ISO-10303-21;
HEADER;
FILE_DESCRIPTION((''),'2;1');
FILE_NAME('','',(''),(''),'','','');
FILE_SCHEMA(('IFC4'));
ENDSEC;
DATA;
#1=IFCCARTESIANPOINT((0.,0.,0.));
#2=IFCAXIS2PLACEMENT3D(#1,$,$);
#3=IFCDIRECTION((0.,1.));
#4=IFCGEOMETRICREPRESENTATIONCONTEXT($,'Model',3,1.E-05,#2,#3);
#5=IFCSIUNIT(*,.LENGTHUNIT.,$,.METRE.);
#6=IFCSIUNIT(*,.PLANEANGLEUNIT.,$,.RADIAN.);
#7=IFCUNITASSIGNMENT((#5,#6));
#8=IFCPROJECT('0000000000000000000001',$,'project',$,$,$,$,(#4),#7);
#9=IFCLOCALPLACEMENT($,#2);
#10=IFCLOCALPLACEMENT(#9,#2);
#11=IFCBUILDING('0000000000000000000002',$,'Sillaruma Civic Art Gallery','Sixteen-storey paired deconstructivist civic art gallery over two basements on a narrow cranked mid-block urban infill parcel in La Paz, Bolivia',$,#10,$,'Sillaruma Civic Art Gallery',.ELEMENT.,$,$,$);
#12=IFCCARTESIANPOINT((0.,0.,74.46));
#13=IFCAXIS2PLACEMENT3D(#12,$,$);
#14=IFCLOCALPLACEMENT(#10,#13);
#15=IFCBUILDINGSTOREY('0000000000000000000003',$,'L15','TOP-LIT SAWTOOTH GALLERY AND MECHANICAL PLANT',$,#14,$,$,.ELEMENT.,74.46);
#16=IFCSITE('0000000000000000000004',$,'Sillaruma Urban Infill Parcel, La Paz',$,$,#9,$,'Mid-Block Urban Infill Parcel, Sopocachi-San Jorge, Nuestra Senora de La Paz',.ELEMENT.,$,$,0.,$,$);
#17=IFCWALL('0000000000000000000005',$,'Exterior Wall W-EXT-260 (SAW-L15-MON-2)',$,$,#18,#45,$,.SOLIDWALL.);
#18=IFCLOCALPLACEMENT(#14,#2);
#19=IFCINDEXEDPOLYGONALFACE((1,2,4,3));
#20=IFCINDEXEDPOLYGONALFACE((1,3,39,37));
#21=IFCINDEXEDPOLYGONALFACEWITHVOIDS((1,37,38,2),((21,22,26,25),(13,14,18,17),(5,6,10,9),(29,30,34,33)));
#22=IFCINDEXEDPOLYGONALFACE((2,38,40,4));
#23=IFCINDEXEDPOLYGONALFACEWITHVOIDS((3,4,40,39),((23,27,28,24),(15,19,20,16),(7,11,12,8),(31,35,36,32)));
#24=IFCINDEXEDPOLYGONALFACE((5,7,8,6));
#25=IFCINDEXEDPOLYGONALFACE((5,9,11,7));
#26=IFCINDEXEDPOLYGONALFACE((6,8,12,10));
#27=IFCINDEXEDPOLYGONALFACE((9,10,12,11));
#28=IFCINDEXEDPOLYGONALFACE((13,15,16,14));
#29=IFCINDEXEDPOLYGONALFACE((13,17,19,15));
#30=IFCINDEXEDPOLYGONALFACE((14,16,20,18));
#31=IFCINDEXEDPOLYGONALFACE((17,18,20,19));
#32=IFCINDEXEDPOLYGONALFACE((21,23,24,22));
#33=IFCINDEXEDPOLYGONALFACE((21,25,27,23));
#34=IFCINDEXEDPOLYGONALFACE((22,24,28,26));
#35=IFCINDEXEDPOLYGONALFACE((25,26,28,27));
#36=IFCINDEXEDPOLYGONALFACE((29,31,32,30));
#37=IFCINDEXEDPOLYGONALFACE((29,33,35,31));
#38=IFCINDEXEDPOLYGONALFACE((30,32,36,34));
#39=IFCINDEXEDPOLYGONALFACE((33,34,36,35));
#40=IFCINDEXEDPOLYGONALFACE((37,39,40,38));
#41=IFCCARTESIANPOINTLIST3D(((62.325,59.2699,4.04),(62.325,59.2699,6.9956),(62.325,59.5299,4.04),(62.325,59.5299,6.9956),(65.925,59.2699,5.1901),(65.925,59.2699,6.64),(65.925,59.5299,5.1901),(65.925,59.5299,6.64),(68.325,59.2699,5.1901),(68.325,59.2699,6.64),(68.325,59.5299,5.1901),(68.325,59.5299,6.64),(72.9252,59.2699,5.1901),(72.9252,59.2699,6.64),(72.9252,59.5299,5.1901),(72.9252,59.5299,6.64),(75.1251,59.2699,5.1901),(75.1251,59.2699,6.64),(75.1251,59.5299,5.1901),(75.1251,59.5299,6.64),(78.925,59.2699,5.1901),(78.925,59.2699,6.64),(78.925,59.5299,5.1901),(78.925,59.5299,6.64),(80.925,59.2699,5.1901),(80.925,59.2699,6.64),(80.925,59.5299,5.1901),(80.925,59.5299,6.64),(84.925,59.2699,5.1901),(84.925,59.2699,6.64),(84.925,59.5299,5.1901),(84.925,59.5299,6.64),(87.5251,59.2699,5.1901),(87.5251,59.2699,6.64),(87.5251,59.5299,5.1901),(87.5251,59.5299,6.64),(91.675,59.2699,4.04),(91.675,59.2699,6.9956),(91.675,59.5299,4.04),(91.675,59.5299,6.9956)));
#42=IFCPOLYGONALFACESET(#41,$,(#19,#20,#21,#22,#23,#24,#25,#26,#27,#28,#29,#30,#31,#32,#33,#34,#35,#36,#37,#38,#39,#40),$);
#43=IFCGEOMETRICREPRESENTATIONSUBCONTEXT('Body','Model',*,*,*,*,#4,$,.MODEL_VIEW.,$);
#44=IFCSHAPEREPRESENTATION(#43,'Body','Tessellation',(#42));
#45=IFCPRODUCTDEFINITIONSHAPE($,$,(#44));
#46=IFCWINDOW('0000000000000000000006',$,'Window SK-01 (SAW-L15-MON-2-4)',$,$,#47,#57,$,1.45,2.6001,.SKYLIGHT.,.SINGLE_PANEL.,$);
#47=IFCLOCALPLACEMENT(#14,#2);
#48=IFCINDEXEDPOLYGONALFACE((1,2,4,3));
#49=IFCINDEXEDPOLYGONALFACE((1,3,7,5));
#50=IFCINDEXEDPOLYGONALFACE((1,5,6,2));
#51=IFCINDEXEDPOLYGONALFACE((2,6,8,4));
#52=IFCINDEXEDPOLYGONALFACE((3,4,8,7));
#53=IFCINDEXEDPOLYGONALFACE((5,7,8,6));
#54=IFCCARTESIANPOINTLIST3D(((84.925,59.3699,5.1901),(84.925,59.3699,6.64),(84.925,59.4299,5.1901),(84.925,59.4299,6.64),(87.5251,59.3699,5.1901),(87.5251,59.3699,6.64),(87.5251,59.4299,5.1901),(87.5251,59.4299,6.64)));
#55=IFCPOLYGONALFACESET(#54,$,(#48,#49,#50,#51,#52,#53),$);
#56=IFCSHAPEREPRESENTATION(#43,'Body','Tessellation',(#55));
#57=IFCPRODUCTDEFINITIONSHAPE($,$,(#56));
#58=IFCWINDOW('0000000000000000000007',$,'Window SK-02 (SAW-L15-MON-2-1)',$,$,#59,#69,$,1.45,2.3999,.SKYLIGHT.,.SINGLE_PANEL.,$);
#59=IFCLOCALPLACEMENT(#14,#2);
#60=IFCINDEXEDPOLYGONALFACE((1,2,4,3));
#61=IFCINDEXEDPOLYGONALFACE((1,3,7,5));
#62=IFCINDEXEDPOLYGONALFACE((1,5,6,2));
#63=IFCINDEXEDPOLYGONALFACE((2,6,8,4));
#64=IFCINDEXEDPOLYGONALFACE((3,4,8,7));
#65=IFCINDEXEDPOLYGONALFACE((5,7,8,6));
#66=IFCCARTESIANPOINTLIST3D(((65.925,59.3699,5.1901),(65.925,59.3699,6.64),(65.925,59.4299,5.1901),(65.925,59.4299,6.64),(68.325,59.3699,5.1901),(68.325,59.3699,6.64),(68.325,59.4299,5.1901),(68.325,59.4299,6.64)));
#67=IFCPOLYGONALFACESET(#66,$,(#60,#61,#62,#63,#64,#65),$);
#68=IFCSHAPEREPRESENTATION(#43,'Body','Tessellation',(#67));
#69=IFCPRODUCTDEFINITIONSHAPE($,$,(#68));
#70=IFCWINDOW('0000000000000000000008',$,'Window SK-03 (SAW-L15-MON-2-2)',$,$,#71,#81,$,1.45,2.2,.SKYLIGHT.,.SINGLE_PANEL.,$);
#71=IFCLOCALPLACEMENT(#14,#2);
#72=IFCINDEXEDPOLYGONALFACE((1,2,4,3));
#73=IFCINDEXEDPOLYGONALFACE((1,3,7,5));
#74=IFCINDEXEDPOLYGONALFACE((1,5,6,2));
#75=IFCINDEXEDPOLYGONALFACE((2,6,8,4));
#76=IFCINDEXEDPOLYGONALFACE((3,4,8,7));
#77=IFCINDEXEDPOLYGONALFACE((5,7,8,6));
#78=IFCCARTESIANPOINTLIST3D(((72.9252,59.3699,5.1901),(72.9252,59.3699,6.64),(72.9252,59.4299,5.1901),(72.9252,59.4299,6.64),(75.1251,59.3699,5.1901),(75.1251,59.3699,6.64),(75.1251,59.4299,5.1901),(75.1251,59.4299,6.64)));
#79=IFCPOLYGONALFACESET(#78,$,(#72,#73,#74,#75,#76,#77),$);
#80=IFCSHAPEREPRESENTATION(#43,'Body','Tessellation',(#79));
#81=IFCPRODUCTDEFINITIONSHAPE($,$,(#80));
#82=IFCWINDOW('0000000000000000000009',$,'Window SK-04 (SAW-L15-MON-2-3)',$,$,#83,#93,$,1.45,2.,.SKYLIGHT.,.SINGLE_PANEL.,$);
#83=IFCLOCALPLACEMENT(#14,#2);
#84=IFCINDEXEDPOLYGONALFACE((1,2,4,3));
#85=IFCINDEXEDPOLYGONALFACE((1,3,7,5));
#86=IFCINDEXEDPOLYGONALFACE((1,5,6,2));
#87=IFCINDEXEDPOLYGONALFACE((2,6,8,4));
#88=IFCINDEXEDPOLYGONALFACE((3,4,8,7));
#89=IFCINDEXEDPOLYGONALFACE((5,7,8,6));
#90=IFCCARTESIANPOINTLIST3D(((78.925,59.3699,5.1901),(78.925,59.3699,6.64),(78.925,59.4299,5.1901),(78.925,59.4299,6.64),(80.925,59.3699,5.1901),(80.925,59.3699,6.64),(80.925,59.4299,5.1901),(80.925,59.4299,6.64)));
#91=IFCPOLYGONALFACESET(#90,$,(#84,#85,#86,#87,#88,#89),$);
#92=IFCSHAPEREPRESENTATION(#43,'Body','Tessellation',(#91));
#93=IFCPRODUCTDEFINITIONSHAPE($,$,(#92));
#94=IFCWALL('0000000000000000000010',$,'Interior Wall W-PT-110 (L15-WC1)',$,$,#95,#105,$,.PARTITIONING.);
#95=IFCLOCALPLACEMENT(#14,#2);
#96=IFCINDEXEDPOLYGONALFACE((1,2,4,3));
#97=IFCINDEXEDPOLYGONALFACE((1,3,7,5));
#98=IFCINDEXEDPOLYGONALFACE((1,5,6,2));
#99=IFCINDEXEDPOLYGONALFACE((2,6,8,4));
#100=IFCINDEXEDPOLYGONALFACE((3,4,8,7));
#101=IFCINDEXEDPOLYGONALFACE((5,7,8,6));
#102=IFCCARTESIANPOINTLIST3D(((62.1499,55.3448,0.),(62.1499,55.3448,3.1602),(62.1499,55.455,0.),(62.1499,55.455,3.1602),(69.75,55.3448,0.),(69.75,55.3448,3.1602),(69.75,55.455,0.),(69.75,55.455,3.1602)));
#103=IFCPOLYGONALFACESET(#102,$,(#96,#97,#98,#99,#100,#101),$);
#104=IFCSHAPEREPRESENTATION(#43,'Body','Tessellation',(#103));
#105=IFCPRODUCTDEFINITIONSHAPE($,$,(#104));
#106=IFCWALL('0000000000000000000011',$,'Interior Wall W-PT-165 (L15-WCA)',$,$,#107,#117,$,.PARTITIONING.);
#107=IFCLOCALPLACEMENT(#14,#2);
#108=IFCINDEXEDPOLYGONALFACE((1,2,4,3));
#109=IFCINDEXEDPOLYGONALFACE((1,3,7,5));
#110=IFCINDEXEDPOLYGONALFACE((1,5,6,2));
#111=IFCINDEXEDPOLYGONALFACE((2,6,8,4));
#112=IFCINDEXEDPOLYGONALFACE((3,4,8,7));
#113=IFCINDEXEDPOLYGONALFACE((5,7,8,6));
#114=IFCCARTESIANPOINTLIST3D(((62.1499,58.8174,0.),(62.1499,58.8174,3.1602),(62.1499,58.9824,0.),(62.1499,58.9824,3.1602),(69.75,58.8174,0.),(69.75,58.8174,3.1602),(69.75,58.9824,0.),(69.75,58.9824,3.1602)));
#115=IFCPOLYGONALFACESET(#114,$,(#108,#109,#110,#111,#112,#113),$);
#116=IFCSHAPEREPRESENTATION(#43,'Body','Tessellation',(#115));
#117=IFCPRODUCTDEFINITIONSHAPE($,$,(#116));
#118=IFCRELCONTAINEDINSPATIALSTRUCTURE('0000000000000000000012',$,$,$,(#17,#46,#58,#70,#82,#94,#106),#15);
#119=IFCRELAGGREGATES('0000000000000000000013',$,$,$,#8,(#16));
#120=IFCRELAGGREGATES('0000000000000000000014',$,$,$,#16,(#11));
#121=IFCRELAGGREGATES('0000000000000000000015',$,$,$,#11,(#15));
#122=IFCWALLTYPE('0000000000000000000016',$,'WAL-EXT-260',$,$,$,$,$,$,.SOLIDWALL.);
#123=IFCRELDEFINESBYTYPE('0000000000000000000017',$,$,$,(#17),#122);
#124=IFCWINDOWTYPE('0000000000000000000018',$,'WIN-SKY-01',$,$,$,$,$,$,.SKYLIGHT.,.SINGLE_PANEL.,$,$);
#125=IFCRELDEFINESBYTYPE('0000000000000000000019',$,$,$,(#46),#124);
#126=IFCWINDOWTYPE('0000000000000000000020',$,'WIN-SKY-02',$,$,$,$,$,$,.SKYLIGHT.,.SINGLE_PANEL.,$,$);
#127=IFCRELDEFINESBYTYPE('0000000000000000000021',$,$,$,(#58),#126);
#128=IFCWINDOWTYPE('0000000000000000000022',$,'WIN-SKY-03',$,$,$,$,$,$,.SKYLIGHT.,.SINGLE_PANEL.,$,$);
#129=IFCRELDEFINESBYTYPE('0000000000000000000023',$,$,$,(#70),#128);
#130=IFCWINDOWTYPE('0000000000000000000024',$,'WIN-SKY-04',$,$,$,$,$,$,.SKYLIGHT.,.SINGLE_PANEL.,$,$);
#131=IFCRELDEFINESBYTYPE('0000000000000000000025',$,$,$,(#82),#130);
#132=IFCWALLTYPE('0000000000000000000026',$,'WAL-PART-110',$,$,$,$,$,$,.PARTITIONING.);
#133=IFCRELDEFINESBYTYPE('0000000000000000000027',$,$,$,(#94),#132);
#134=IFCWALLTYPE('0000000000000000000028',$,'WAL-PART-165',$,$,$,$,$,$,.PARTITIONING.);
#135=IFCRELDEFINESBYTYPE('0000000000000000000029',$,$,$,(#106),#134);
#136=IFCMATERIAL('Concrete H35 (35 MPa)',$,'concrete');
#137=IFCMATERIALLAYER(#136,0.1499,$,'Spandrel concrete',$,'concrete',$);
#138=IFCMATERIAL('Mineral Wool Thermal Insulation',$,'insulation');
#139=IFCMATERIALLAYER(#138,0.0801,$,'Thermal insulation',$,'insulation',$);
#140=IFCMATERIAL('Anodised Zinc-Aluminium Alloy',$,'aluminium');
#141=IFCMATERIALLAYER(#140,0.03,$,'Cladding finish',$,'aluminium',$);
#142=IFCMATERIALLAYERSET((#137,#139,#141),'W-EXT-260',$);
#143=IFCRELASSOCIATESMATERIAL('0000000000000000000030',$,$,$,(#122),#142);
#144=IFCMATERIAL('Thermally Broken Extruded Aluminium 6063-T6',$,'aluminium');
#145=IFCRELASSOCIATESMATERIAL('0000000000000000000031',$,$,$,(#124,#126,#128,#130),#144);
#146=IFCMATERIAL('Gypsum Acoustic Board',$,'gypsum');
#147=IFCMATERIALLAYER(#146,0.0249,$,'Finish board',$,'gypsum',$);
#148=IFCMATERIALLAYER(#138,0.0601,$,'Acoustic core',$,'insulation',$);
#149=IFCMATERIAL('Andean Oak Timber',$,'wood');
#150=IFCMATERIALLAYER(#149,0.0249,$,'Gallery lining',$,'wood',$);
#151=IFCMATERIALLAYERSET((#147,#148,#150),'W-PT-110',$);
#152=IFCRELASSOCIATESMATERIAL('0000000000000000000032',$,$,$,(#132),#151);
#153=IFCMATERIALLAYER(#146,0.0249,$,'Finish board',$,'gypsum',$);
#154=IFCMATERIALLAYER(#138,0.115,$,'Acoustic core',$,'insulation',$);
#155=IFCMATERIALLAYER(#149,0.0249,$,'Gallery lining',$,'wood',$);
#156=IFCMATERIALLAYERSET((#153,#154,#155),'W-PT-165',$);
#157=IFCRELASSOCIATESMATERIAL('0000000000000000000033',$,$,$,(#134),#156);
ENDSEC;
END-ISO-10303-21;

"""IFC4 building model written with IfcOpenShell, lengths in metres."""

from ifc_helpers import new_model, si_unit, direction, frame, frame_2d, origin, place, context, subcontext, project, spatial, rectangle, extrude, material, layer, layer_set, type_object, element, fill, save


model = new_model("IFC4")

# Units and contexts
model_context = context("Model", 3, precision=1e-05, world=origin(), true_north=direction((0.0, 1.0)))
body_context = subcontext(model_context, "Body", "Model", "MODEL_VIEW")
ifc_project = project(units=[si_unit("LENGTHUNIT", "METRE"), si_unit("PLANEANGLEUNIT", "RADIAN")], contexts=[model_context])

# Site, building, storey
site_placement = place(None, origin())
site = spatial("IfcSite", under=ifc_project, at=site_placement, Name="Sillaruma Urban Infill Parcel, La Paz", LongName="Mid-Block Urban Infill Parcel, Sopocachi-San Jorge, Nuestra Senora de La Paz", CompositionType="ELEMENT", RefElevation=0.0)
building_placement = place(site_placement, origin())
building = spatial("IfcBuilding", under=site, at=building_placement, Name="Sillaruma Civic Art Gallery", Description="Sixteen-storey paired deconstructivist civic art gallery over two basements on a narrow cranked mid-block urban infill parcel in La Paz, Bolivia", LongName="Sillaruma Civic Art Gallery", CompositionType="ELEMENT")
storey_placement = place(building_placement, frame((0.0, 0.0, 74.46)))
storey = spatial("IfcBuildingStorey", under=building, at=storey_placement, Name="L15", Description="TOP-LIT SAWTOOTH GALLERY AND MECHANICAL PLANT", CompositionType="ELEMENT", Elevation=74.46)

# Shared definitions
ifc_material_1 = material(Name="Concrete H35 (35 MPa)", Category="concrete")

# Shared definitions
ifc_material_2 = material(Name="Thermally Broken Extruded Aluminium 6063-T6", Category="aluminium")

# Wall, openings, windows
ifc_layer_1 = layer(ifc_material_1, 0.1499, Name="Spandrel concrete", Category="concrete")
ifc_material_3 = material(Name="Mineral Wool Thermal Insulation", Category="insulation")
ifc_layer_2 = layer(ifc_material_3, 0.0801, Name="Thermal insulation", Category="insulation")
ifc_material_4 = material(Name="Anodised Zinc-Aluminium Alloy", Category="aluminium")
ifc_layer_3 = layer(ifc_material_4, 0.03, Name="Cladding finish", Category="aluminium")
ifc_layer_set_1 = layer_set([ifc_layer_1, ifc_layer_2, ifc_layer_3], Name="W-EXT-260")
wall_type_1 = type_object("IfcWallType", Name="WAL-EXT-260", PredefinedType="SOLIDWALL", material=ifc_layer_set_1)
wall_1_placement = place(storey_placement, frame((62.325, 59.3999, 4.04), z_axis=(0.0, 0.0, 1.0), x_axis=(1.0, 0.0, 0.0)))
wall_1 = element("IfcWall", 1, at=wall_1_placement, inside=storey, type_object=wall_type_1, Name="Exterior Wall W-EXT-260 (SAW-L15-MON-2)", PredefinedType="SOLIDWALL", context=body_context, shape_type="SweptSolid", body=[
    extrude(rectangle(XDim=29.3501, YDim=0.26, at=frame_2d((14.675, 0.0))), origin(), (0.0, 0.0, 1.0), 2.9556),
])
opening_1_placement = place(wall_1_placement, frame((3.6001, 0.0, 1.1499)))
opening_1 = element("IfcOpeningElement", 2, at=opening_1_placement, cuts=wall_1, PredefinedType="OPENING", context=body_context, shape_type="SweptSolid", body=[
    extrude(rectangle(XDim=2.3999, YDim=1.45, at=frame_2d((1.2, 0.7251))), frame((0.0, 0.1399, 0.0), z_axis=(0.0, -1.0, 0.0), x_axis=(1.0, 0.0, 0.0)), (0.0, 0.0, 1.0), 0.28),
])
opening_2_placement = place(wall_1_placement, frame((10.6001, 0.0, 1.1499)))
opening_2 = element("IfcOpeningElement", 3, at=opening_2_placement, cuts=wall_1, PredefinedType="OPENING", context=body_context, shape_type="SweptSolid", body=[
    extrude(rectangle(XDim=2.2, YDim=1.45, at=frame_2d((1.1001, 0.7251))), frame((0.0, 0.1399, 0.0), z_axis=(0.0, -1.0, 0.0), x_axis=(1.0, 0.0, 0.0)), (0.0, 0.0, 1.0), 0.28),
])
opening_3_placement = place(wall_1_placement, frame((16.6001, 0.0, 1.1499)))
opening_3 = element("IfcOpeningElement", 4, at=opening_3_placement, cuts=wall_1, PredefinedType="OPENING", context=body_context, shape_type="SweptSolid", body=[
    extrude(rectangle(XDim=2.0, YDim=1.45, at=frame_2d((1.0, 0.7251))), frame((0.0, 0.1399, 0.0), z_axis=(0.0, -1.0, 0.0), x_axis=(1.0, 0.0, 0.0)), (0.0, 0.0, 1.0), 0.28),
])
opening_4_placement = place(wall_1_placement, frame((22.6001, 0.0, 1.1499)))
opening_4 = element("IfcOpeningElement", 5, at=opening_4_placement, cuts=wall_1, PredefinedType="OPENING", context=body_context, shape_type="SweptSolid", body=[
    extrude(rectangle(XDim=2.6001, YDim=1.45, at=frame_2d((1.3, 0.7251))), frame((0.0, 0.1399, 0.0), z_axis=(0.0, -1.0, 0.0), x_axis=(1.0, 0.0, 0.0)), (0.0, 0.0, 1.0), 0.28),
])
window_type_1 = type_object("IfcWindowType", Name="WIN-SKY-01", PartitioningType="SINGLE_PANEL", PredefinedType="SKYLIGHT", material=ifc_material_2)
window_1_placement = place(opening_4_placement, origin())
window_1 = element("IfcWindow", 6, at=window_1_placement, inside=storey, type_object=window_type_1, Name="Window SK-01 (SAW-L15-MON-2-4)", OverallHeight=1.45, OverallWidth=2.6001, PartitioningType="SINGLE_PANEL", PredefinedType="SKYLIGHT", context=body_context, shape_type="SweptSolid", body=[
    extrude(rectangle(XDim=2.6001, YDim=1.45, at=frame_2d((1.3, 0.7251))), frame((0.0, 0.03, 0.0), z_axis=(0.0, -1.0, 0.0), x_axis=(1.0, 0.0, 0.0)), (0.0, 0.0, 1.0), 0.0601),
])
fill(opening_4, window_1)
window_type_2 = type_object("IfcWindowType", Name="WIN-SKY-02", PartitioningType="SINGLE_PANEL", PredefinedType="SKYLIGHT", material=ifc_material_2)
window_2_placement = place(opening_1_placement, origin())
window_2 = element("IfcWindow", 7, at=window_2_placement, inside=storey, type_object=window_type_2, Name="Window SK-02 (SAW-L15-MON-2-1)", OverallHeight=1.45, OverallWidth=2.3999, PartitioningType="SINGLE_PANEL", PredefinedType="SKYLIGHT", context=body_context, shape_type="SweptSolid", body=[
    extrude(rectangle(XDim=2.3999, YDim=1.45, at=frame_2d((1.2, 0.7251))), frame((0.0, 0.03, 0.0), z_axis=(0.0, -1.0, 0.0), x_axis=(1.0, 0.0, 0.0)), (0.0, 0.0, 1.0), 0.0601),
])
fill(opening_1, window_2)
window_type_3 = type_object("IfcWindowType", Name="WIN-SKY-03", PartitioningType="SINGLE_PANEL", PredefinedType="SKYLIGHT", material=ifc_material_2)
window_3_placement = place(opening_2_placement, origin())
window_3 = element("IfcWindow", 8, at=window_3_placement, inside=storey, type_object=window_type_3, Name="Window SK-03 (SAW-L15-MON-2-2)", OverallHeight=1.45, OverallWidth=2.2, PartitioningType="SINGLE_PANEL", PredefinedType="SKYLIGHT", context=body_context, shape_type="SweptSolid", body=[
    extrude(rectangle(XDim=2.2, YDim=1.45, at=frame_2d((1.1001, 0.7251))), frame((0.0, 0.03, 0.0), z_axis=(0.0, -1.0, 0.0), x_axis=(1.0, 0.0, 0.0)), (0.0, 0.0, 1.0), 0.0601),
])
fill(opening_2, window_3)
window_type_4 = type_object("IfcWindowType", Name="WIN-SKY-04", PartitioningType="SINGLE_PANEL", PredefinedType="SKYLIGHT", material=ifc_material_2)
window_4_placement = place(opening_3_placement, origin())
window_4 = element("IfcWindow", 9, at=window_4_placement, inside=storey, type_object=window_type_4, Name="Window SK-04 (SAW-L15-MON-2-3)", OverallHeight=1.45, OverallWidth=2.0, PartitioningType="SINGLE_PANEL", PredefinedType="SKYLIGHT", context=body_context, shape_type="SweptSolid", body=[
    extrude(rectangle(XDim=2.0, YDim=1.45, at=frame_2d((1.0, 0.7251))), frame((0.0, 0.03, 0.0), z_axis=(0.0, -1.0, 0.0), x_axis=(1.0, 0.0, 0.0)), (0.0, 0.0, 1.0), 0.0601),
])
fill(opening_3, window_4)

# Walls
ifc_material_5 = material(Name="Gypsum Acoustic Board", Category="gypsum")
ifc_layer_4 = layer(ifc_material_5, 0.0249, Name="Finish board", Category="gypsum")
ifc_layer_5 = layer(ifc_material_3, 0.0601, Name="Acoustic core", Category="insulation")
ifc_material_6 = material(Name="Andean Oak Timber", Category="wood")
ifc_layer_6 = layer(ifc_material_6, 0.0249, Name="Gallery lining", Category="wood")
ifc_layer_set_2 = layer_set([ifc_layer_4, ifc_layer_5, ifc_layer_6], Name="W-PT-110")
wall_type_2 = type_object("IfcWallType", Name="WAL-PART-110", PredefinedType="PARTITIONING", material=ifc_layer_set_2)
wall_2_placement = place(storey_placement, frame((62.1499, 55.3999, 0.0), z_axis=(0.0, 0.0, 1.0), x_axis=(1.0, 0.0, 0.0)))
element("IfcWall", 10, at=wall_2_placement, inside=storey, type_object=wall_type_2, Name="Interior Wall W-PT-110 (L15-WC1)", PredefinedType="PARTITIONING", context=body_context, shape_type="SweptSolid", body=[
    extrude(rectangle(XDim=7.6001, YDim=0.1101, at=frame_2d((3.8, 0.0))), origin(), (0.0, 0.0, 1.0), 3.1602),
])
ifc_layer_7 = layer(ifc_material_5, 0.0249, Name="Finish board", Category="gypsum")
ifc_layer_8 = layer(ifc_material_3, 0.115, Name="Acoustic core", Category="insulation")
ifc_layer_9 = layer(ifc_material_6, 0.0249, Name="Gallery lining", Category="wood")
ifc_layer_set_3 = layer_set([ifc_layer_7, ifc_layer_8, ifc_layer_9], Name="W-PT-165")
wall_type_3 = type_object("IfcWallType", Name="WAL-PART-165", PredefinedType="PARTITIONING", material=ifc_layer_set_3)
wall_3_placement = place(storey_placement, frame((62.1499, 58.8999, 0.0), z_axis=(0.0, 0.0, 1.0), x_axis=(1.0, 0.0, 0.0)))
element("IfcWall", 11, at=wall_3_placement, inside=storey, type_object=wall_type_3, Name="Interior Wall W-PT-165 (L15-WCA)", PredefinedType="PARTITIONING", context=body_context, shape_type="SweptSolid", body=[
    extrude(rectangle(XDim=7.6001, YDim=0.165, at=frame_2d((3.8, 0.0))), origin(), (0.0, 0.0, 1.0), 3.1602),
])

save(model, "model.ifc")
